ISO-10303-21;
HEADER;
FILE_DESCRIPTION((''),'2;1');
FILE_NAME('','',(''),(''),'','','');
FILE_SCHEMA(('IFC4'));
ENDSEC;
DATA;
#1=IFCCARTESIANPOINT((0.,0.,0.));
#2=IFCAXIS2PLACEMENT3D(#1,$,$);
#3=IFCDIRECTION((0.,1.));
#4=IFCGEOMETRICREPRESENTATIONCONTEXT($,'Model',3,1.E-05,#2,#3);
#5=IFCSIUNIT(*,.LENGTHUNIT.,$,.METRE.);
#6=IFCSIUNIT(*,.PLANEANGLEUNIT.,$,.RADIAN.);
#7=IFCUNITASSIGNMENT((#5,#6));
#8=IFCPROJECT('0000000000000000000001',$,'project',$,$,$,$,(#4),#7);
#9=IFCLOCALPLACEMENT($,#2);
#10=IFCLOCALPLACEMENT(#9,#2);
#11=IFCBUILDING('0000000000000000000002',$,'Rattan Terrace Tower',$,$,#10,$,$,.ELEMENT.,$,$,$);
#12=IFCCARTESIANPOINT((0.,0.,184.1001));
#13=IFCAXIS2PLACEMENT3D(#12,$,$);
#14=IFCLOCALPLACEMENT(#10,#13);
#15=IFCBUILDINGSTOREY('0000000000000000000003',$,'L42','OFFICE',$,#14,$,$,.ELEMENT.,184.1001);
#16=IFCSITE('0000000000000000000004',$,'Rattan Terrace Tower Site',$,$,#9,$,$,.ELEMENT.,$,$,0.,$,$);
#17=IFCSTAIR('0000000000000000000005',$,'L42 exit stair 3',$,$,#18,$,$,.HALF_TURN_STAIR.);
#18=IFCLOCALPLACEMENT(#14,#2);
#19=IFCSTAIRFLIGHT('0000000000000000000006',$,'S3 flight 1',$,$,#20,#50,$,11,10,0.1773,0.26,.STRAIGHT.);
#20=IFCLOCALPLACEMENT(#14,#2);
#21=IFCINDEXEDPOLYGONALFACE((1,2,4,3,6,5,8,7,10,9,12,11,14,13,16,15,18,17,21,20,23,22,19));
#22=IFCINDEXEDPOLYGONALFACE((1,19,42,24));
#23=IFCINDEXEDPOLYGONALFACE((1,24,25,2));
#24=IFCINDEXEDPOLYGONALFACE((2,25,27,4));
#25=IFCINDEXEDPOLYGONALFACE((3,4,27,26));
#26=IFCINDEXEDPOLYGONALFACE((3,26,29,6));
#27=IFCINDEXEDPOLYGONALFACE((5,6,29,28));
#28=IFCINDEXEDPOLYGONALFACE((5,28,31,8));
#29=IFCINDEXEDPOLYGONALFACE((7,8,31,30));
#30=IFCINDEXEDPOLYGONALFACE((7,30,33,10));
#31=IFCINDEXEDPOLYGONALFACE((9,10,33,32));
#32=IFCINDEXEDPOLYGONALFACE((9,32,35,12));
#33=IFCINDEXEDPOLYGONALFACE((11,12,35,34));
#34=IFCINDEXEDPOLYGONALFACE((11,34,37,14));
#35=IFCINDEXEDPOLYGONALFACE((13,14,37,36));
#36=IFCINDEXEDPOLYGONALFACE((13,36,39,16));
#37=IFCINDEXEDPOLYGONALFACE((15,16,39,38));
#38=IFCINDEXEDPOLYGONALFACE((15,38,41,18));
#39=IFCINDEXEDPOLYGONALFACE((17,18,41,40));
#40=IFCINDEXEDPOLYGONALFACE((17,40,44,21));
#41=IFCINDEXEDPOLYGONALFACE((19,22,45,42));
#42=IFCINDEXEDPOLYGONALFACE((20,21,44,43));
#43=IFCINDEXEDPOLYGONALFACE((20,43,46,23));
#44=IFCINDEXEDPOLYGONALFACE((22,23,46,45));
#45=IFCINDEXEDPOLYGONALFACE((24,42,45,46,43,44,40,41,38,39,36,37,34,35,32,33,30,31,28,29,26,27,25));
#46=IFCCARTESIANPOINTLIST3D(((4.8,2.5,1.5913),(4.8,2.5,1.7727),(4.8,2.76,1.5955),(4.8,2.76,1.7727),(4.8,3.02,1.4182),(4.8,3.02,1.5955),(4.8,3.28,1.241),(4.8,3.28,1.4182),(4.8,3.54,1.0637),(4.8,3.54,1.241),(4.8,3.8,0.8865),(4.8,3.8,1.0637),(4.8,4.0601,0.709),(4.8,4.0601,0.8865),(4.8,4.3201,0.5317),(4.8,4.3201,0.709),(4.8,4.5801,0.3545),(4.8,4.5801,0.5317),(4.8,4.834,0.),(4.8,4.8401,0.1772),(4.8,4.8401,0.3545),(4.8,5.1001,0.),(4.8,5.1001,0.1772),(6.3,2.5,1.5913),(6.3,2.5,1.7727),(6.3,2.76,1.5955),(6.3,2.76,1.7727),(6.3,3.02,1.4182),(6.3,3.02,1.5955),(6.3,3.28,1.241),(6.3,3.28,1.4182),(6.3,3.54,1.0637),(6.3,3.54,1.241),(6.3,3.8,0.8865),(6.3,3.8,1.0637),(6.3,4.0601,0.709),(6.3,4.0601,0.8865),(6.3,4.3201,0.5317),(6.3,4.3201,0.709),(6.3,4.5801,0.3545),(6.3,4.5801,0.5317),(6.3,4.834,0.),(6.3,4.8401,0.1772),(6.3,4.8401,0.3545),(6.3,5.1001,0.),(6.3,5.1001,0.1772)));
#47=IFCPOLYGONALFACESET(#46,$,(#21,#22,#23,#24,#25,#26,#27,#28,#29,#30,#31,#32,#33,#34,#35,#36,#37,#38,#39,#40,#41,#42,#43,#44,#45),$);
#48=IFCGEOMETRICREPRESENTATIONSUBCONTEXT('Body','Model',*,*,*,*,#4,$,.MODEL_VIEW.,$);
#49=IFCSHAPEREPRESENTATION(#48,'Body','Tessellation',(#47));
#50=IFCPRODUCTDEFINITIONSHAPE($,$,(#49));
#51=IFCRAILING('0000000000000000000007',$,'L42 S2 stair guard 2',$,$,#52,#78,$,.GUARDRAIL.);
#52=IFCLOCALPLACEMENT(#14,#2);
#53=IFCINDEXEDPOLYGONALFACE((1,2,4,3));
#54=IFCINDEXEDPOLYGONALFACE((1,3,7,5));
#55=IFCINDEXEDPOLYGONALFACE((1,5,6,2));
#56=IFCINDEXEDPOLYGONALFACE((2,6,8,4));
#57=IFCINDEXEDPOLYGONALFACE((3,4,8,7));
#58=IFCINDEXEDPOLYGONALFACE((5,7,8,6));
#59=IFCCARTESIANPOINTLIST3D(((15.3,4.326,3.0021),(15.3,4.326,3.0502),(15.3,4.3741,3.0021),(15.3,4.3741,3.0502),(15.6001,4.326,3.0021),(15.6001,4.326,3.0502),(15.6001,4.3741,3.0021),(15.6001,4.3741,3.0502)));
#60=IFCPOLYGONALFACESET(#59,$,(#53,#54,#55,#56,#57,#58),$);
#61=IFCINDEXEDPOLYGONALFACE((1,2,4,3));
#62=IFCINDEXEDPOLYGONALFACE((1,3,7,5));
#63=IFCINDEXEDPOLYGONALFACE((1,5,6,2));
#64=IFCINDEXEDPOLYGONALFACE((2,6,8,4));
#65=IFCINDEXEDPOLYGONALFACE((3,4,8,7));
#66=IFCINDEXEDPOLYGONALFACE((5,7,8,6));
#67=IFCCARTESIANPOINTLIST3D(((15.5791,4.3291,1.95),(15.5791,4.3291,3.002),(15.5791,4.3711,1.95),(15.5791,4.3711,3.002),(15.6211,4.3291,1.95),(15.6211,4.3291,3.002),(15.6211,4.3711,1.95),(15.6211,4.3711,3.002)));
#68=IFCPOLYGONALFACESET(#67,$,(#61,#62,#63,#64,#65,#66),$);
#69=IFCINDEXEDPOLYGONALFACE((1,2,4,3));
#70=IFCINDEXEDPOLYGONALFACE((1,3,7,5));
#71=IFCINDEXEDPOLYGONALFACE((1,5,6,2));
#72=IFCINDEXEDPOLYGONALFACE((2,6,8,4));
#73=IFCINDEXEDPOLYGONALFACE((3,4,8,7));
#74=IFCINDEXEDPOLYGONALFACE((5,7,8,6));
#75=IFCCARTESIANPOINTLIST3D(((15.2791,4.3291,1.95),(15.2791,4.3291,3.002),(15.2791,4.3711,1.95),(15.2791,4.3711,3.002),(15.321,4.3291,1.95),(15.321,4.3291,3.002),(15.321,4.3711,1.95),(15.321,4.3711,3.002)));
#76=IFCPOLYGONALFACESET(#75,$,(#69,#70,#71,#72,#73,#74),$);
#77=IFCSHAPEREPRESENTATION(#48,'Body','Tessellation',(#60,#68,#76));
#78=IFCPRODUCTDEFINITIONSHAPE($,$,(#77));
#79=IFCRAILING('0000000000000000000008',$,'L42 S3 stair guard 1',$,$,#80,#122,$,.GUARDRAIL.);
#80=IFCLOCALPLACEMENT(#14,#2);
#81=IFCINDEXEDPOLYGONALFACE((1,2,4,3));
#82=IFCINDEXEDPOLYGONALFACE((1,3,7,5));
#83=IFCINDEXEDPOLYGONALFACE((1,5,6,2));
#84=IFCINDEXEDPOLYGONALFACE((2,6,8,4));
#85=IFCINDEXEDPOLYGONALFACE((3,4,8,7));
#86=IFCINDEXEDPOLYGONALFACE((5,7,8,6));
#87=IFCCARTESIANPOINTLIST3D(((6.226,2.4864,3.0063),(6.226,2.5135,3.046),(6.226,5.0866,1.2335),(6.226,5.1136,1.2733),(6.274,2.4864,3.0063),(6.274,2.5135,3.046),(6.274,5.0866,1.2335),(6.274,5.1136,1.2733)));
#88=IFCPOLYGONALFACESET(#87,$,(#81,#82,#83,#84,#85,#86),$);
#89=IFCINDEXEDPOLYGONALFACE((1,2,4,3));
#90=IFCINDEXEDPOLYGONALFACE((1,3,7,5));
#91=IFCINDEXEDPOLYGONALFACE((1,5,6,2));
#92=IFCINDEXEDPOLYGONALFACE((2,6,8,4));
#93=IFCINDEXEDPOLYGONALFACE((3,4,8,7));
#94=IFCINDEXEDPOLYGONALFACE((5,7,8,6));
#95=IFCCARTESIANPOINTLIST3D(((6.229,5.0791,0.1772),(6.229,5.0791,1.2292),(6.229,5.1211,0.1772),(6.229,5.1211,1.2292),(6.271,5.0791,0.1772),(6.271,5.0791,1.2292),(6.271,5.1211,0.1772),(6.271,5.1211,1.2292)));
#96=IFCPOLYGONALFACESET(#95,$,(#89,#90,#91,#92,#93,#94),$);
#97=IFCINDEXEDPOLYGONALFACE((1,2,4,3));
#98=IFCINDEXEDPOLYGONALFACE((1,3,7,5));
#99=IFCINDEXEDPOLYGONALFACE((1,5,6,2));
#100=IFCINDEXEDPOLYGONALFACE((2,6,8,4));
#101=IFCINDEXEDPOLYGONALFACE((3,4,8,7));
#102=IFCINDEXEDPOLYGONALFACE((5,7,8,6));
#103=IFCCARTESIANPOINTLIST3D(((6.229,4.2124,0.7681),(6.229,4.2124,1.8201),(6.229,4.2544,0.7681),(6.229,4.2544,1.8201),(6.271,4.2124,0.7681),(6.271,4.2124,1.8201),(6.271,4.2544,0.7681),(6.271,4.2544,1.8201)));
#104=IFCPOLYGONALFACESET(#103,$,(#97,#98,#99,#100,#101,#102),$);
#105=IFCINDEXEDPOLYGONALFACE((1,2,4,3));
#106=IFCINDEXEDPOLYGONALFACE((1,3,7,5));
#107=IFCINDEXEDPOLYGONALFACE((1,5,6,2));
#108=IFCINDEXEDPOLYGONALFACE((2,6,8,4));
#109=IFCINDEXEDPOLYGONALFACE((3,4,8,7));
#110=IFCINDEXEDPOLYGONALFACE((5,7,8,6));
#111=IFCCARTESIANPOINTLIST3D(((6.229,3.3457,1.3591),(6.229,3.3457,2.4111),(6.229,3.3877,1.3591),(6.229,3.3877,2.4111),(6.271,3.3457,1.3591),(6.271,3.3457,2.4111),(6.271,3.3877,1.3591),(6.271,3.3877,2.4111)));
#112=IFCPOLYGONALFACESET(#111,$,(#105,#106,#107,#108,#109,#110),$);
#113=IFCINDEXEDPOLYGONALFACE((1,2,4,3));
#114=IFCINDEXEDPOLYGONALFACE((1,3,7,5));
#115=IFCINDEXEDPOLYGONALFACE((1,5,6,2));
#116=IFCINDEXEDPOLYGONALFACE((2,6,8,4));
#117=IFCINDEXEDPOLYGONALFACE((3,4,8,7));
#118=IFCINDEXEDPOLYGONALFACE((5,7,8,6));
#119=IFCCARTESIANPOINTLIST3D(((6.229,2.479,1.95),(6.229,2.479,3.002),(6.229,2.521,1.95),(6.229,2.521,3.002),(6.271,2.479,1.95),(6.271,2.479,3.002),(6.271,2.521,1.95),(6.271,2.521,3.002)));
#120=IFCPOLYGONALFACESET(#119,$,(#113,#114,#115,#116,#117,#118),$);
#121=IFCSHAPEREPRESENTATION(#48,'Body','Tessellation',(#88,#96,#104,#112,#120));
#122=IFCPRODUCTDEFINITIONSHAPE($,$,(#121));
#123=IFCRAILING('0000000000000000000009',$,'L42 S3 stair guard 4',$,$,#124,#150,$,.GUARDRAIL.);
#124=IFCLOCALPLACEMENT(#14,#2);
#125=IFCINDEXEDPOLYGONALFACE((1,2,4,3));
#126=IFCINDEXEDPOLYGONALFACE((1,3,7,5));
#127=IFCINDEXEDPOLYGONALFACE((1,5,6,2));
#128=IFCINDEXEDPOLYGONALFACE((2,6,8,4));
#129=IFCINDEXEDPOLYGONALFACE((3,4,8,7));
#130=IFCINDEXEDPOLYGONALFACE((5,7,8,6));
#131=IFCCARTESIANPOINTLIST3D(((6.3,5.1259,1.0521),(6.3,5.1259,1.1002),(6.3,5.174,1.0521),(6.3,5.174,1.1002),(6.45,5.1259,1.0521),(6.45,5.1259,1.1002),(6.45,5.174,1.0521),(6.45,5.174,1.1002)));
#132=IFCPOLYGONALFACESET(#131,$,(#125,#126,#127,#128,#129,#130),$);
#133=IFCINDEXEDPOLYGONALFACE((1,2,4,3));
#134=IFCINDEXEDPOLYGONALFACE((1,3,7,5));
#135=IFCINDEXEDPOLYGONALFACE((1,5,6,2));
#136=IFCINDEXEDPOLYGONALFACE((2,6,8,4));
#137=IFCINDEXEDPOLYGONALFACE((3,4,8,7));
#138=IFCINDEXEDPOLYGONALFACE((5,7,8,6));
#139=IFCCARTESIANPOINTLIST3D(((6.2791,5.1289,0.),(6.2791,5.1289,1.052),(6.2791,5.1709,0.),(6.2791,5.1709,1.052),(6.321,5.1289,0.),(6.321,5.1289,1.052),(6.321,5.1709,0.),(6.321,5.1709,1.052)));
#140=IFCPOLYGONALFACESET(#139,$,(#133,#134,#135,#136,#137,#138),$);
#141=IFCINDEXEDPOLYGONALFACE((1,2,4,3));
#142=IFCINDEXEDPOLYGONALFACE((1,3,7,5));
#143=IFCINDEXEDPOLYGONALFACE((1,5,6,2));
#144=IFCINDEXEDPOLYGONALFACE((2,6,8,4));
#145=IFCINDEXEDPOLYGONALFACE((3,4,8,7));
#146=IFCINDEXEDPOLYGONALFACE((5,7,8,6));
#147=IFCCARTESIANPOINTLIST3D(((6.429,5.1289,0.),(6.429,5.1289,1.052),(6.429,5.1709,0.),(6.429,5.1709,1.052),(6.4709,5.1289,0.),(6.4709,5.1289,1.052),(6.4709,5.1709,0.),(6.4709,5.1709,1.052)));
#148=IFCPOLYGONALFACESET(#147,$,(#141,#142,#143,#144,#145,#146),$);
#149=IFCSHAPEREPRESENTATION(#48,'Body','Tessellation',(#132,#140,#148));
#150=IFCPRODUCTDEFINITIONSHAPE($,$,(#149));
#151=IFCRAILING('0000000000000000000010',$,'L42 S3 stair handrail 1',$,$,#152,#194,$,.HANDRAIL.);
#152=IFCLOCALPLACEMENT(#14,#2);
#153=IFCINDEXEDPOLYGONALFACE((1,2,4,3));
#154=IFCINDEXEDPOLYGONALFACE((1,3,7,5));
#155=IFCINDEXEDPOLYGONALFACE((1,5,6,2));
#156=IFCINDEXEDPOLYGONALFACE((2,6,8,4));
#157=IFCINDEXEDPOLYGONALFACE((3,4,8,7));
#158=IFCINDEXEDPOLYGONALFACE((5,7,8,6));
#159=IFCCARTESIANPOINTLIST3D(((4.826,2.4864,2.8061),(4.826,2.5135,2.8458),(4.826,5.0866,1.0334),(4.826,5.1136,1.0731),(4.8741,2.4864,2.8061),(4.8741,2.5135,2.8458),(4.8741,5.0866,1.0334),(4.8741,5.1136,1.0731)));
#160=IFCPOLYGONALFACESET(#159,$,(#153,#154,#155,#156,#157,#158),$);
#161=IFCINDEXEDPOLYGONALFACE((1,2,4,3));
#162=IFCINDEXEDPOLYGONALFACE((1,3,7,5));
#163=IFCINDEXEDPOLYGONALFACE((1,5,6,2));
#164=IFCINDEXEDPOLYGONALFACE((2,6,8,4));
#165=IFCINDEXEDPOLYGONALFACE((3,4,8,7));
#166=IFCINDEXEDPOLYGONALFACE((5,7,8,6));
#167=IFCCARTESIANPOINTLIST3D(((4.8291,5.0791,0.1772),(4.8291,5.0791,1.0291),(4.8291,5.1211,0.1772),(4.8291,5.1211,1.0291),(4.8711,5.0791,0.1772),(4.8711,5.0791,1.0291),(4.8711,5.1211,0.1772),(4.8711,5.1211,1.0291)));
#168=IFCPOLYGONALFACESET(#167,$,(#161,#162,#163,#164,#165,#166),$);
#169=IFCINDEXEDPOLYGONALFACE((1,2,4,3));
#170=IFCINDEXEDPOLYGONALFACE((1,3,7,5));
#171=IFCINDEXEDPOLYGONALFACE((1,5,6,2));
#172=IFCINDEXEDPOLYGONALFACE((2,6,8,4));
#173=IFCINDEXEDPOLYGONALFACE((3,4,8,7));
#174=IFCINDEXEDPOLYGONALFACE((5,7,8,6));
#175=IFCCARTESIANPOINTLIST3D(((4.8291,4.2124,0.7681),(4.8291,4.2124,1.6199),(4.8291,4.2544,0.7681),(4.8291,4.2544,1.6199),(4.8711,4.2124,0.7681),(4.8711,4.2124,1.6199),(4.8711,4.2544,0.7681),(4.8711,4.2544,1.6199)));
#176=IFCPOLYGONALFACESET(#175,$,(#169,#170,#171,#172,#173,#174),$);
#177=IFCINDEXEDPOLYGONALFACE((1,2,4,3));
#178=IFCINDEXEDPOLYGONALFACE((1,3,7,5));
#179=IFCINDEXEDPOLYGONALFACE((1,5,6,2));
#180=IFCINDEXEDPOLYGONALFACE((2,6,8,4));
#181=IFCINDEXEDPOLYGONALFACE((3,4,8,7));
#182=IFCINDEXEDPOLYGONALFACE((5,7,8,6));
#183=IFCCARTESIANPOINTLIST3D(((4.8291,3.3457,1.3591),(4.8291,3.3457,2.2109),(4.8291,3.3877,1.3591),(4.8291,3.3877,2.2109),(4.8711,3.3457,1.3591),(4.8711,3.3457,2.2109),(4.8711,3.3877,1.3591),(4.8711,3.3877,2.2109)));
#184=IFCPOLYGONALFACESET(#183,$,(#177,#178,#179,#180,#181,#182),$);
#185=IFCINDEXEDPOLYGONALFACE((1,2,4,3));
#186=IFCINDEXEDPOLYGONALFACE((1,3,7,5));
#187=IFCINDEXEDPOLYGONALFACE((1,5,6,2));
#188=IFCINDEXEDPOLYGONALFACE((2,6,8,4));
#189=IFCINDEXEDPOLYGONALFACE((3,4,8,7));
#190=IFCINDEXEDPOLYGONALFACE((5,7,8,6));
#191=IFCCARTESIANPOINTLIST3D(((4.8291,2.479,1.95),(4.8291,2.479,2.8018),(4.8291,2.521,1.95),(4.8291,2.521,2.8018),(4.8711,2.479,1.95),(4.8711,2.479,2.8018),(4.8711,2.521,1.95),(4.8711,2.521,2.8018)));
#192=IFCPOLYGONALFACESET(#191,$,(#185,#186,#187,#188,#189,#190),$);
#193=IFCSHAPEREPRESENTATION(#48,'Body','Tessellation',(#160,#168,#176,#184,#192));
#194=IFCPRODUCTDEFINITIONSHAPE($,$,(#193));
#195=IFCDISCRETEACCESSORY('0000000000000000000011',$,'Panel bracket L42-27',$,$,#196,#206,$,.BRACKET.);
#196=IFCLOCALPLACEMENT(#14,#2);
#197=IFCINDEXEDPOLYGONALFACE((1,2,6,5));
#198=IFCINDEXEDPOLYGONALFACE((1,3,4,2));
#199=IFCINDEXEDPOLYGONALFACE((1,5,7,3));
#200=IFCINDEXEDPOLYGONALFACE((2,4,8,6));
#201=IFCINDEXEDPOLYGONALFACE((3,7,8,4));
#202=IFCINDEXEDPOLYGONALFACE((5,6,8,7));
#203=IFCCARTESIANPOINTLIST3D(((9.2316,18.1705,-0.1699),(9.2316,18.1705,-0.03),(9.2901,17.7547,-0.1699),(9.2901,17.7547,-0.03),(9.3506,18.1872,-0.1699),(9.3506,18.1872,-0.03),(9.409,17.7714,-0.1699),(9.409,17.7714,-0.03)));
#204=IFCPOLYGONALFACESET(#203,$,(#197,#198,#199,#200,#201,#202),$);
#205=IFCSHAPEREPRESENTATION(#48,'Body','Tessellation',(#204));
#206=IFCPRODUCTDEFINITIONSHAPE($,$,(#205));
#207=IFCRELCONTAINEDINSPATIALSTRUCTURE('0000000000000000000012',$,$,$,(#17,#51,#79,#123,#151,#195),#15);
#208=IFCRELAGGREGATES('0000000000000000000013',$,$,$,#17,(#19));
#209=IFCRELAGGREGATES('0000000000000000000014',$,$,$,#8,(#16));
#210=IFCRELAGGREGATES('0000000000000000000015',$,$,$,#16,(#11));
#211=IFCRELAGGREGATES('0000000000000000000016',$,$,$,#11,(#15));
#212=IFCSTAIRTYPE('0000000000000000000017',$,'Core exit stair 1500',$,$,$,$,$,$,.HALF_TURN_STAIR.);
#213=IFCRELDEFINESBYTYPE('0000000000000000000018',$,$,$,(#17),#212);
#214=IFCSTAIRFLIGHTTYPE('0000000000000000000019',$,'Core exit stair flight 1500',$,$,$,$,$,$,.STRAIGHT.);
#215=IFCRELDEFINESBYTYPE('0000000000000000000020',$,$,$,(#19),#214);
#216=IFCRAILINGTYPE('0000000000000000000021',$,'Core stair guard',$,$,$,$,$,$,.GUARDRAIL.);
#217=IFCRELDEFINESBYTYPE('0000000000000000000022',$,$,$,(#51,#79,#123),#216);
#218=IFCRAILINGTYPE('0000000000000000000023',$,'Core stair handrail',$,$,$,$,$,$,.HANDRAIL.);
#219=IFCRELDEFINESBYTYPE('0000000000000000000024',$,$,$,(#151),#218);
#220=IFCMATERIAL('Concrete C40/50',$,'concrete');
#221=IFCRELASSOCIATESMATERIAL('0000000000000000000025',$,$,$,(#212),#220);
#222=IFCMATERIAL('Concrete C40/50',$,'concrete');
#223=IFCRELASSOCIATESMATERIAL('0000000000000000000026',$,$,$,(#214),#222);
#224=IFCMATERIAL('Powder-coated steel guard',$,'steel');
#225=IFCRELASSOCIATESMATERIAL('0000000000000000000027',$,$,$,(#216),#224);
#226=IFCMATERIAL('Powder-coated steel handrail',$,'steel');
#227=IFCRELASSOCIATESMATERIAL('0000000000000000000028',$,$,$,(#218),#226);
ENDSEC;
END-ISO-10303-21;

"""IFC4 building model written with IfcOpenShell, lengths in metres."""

from ifc_helpers import new_model, si_unit, direction, frame, origin, origin_2d, place, context, subcontext, project, spatial, polyline, rectangle, outline, extrude, material, type_object, element, aggregate, save


model = new_model("IFC4")

# Units and contexts
model_context = context("Model", 3, precision=1e-05, world=origin(), true_north=direction((0.0, 1.0)))
body_context = subcontext(model_context, "Body", "Model", "MODEL_VIEW")
ifc_project = project(units=[si_unit("LENGTHUNIT", "METRE"), si_unit("PLANEANGLEUNIT", "RADIAN")], contexts=[model_context])

# Site, building, storey
site_placement = place(None, origin())
site = spatial("IfcSite", under=ifc_project, at=site_placement, Name="Rattan Terrace Tower Site", CompositionType="ELEMENT", RefElevation=0.0)
building_placement = place(site_placement, origin())
building = spatial("IfcBuilding", under=site, at=building_placement, Name="Rattan Terrace Tower", CompositionType="ELEMENT")
storey_placement = place(building_placement, frame((0.0, 0.0, 184.1001)))
storey = spatial("IfcBuildingStorey", under=building, at=storey_placement, Name="L42", Description="OFFICE", CompositionType="ELEMENT", Elevation=184.1001)

# Stair, stair flight
ifc_material_1 = material(Name="Concrete C40/50", Category="concrete")
stair_type = type_object("IfcStairType", Name="Core exit stair 1500", PredefinedType="HALF_TURN_STAIR", material=ifc_material_1)
stair_placement = place(storey_placement, origin())
stair = element("IfcStair", 1, at=stair_placement, inside=storey, type_object=stair_type, Name="L42 exit stair 3", PredefinedType="HALF_TURN_STAIR")
ifc_material_2 = material(Name="Concrete C40/50", Category="concrete")
stair_flight_type = type_object("IfcStairFlightType", Name="Core exit stair flight 1500", PredefinedType="STRAIGHT", material=ifc_material_2)
stair_flight_placement = place(storey_placement, frame((5.55, 5.1001, 0.0), z_axis=(0.0, 0.0, 1.0), x_axis=(0.0, -1.0, 0.0)))
stair_flight = element("IfcStairFlight", 2, at=stair_flight_placement, type_object=stair_flight_type, Name="S3 flight 1", NumberOfRisers=11, NumberOfTreads=10, PredefinedType="STRAIGHT", RiserHeight=0.1773, TreadLength=0.26, context=body_context, shape_type="SweptSolid", body=[
    extrude(outline(polyline([(0.0, 0.0), (0.0, 0.1772), (0.26, 0.1772), (0.26, 0.3545), (0.52, 0.3545), (0.52, 0.5317), (0.78, 0.5317), (0.78, 0.709), (1.04, 0.709), (1.04, 0.8865), (1.3, 0.8865), (1.3, 1.0637), (1.5601, 1.0637), (1.5601, 1.241), (1.8201, 1.241), (1.8201, 1.4182), (2.0801, 1.4182), (2.0801, 1.5955), (2.3401, 1.5955), (2.3401, 1.7727), (2.6001, 1.7727), (2.6001, 1.95), (2.6001, 1.5913), (0.2661, 0.0), (0.0, 0.0)])), frame((0.0, 0.75, 0.0), z_axis=(0.0, -1.0, 0.0), x_axis=(1.0, 0.0, 0.0)), (0.0, 0.0, 1.0), 1.5),
])
aggregate(stair, [stair_flight])

# Railings
ifc_material_3 = material(Name="Powder-coated steel guard", Category="steel")
railing_type_1 = type_object("IfcRailingType", Name="Core stair guard", PredefinedType="GUARDRAIL", material=ifc_material_3)
railing_1_placement = place(storey_placement, frame((15.6001, 4.3501, 1.95)))
element("IfcRailing", 3, at=railing_1_placement, inside=storey, type_object=railing_type_1, Name="L42 S2 stair guard 2", PredefinedType="GUARDRAIL", context=body_context, shape_type="SweptSolid", body=[
    extrude(rectangle(XDim=0.0481, YDim=0.0481, at=origin_2d()), frame((0.0, 0.0, 1.0762), z_axis=(-1.0, 0.0, 0.0), x_axis=(0.0, -1.0, 0.0)), (0.0, 0.0, 1.0), 0.3),
    extrude(rectangle(XDim=0.042, YDim=0.042, at=origin_2d()), origin(), (0.0, 0.0, 1.0), 1.052),
    extrude(rectangle(XDim=0.042, YDim=0.042, at=origin_2d()), frame((-0.3, 0.0, 0.0)), (0.0, 0.0, 1.0), 1.052),
])
railing_2_placement = place(storey_placement, frame((6.25, 5.1001, 0.1772)))
element("IfcRailing", 4, at=railing_2_placement, inside=storey, type_object=railing_type_1, Name="L42 S3 stair guard 1", PredefinedType="GUARDRAIL", context=body_context, shape_type="SweptSolid", body=[
    extrude(rectangle(XDim=0.0481, YDim=0.0481, at=origin_2d()), frame((0.0, 0.0, 1.0762), z_axis=(0.0, -0.82624, 0.563318), x_axis=(1.0, 0.0, 0.0)), (0.0, 0.0, 1.0), 3.147),
    extrude(rectangle(XDim=0.042, YDim=0.042, at=origin_2d()), origin(), (0.0, 0.0, 1.0), 1.052),
    extrude(rectangle(XDim=0.042, YDim=0.042, at=origin_2d()), frame((0.0, -0.8667, 0.5908)), (0.0, 0.0, 1.0), 1.052),
    extrude(rectangle(XDim=0.042, YDim=0.042, at=origin_2d()), frame((0.0, -1.7334, 1.1819)), (0.0, 0.0, 1.0), 1.052),
    extrude(rectangle(XDim=0.042, YDim=0.042, at=origin_2d()), frame((0.0, -2.6001, 1.7727)), (0.0, 0.0, 1.0), 1.052),
])
railing_3_placement = place(storey_placement, frame((6.3, 5.1499, 0.0)))
element("IfcRailing", 5, at=railing_3_placement, inside=storey, type_object=railing_type_1, Name="L42 S3 stair guard 4", PredefinedType="GUARDRAIL", context=body_context, shape_type="SweptSolid", body=[
    extrude(rectangle(XDim=0.0481, YDim=0.0481, at=origin_2d()), frame((0.0, 0.0, 1.0762), z_axis=(1.0, 0.0, 0.0), x_axis=(0.0, 1.0, 0.0)), (0.0, 0.0, 1.0), 0.1499),
    extrude(rectangle(XDim=0.042, YDim=0.042, at=origin_2d()), origin(), (0.0, 0.0, 1.0), 1.052),
    extrude(rectangle(XDim=0.042, YDim=0.042, at=origin_2d()), frame((0.1499, 0.0, 0.0)), (0.0, 0.0, 1.0), 1.052),
])
ifc_material_4 = material(Name="Powder-coated steel handrail", Category="steel")
railing_type_2 = type_object("IfcRailingType", Name="Core stair handrail", PredefinedType="HANDRAIL", material=ifc_material_4)
railing_4_placement = place(storey_placement, frame((4.8501, 5.1001, 0.1772)))
element("IfcRailing", 6, at=railing_4_placement, inside=storey, type_object=railing_type_2, Name="L42 S3 stair handrail 1", PredefinedType="HANDRAIL", context=body_context, shape_type="SweptSolid", body=[
    extrude(rectangle(XDim=0.0481, YDim=0.0481, at=origin_2d()), frame((0.0, 0.0, 0.876), z_axis=(0.0, -0.82624, 0.563318), x_axis=(1.0, 0.0, 0.0)), (0.0, 0.0, 1.0), 3.147),
    extrude(rectangle(XDim=0.042, YDim=0.042, at=origin_2d()), origin(), (0.0, 0.0, 1.0), 0.8518),
    extrude(rectangle(XDim=0.042, YDim=0.042, at=origin_2d()), frame((0.0, -0.8667, 0.5908)), (0.0, 0.0, 1.0), 0.8518),
    extrude(rectangle(XDim=0.042, YDim=0.042, at=origin_2d()), frame((0.0, -1.7334, 1.1819)), (0.0, 0.0, 1.0), 0.8518),
    extrude(rectangle(XDim=0.042, YDim=0.042, at=origin_2d()), frame((0.0, -2.6001, 1.7727)), (0.0, 0.0, 1.0), 0.8518),
])

# Discrete accessory
discrete_accessory_placement = place(storey_placement, frame((9.3203, 17.9709, -0.1699), z_axis=(0.0, 0.0, 1.0), x_axis=(-0.99027, -0.139161, 0.0)))
element("IfcDiscreteAccessory", 7, at=discrete_accessory_placement, inside=storey, Name="Panel bracket L42-27", PredefinedType="BRACKET", context=body_context, shape_type="SweptSolid", body=[
    extrude(rectangle(XDim=0.1201, YDim=0.4199, at=origin_2d()), origin(), (0.0, 0.0, 1.0), 0.1399),
])

save(model, "model.ifc")
